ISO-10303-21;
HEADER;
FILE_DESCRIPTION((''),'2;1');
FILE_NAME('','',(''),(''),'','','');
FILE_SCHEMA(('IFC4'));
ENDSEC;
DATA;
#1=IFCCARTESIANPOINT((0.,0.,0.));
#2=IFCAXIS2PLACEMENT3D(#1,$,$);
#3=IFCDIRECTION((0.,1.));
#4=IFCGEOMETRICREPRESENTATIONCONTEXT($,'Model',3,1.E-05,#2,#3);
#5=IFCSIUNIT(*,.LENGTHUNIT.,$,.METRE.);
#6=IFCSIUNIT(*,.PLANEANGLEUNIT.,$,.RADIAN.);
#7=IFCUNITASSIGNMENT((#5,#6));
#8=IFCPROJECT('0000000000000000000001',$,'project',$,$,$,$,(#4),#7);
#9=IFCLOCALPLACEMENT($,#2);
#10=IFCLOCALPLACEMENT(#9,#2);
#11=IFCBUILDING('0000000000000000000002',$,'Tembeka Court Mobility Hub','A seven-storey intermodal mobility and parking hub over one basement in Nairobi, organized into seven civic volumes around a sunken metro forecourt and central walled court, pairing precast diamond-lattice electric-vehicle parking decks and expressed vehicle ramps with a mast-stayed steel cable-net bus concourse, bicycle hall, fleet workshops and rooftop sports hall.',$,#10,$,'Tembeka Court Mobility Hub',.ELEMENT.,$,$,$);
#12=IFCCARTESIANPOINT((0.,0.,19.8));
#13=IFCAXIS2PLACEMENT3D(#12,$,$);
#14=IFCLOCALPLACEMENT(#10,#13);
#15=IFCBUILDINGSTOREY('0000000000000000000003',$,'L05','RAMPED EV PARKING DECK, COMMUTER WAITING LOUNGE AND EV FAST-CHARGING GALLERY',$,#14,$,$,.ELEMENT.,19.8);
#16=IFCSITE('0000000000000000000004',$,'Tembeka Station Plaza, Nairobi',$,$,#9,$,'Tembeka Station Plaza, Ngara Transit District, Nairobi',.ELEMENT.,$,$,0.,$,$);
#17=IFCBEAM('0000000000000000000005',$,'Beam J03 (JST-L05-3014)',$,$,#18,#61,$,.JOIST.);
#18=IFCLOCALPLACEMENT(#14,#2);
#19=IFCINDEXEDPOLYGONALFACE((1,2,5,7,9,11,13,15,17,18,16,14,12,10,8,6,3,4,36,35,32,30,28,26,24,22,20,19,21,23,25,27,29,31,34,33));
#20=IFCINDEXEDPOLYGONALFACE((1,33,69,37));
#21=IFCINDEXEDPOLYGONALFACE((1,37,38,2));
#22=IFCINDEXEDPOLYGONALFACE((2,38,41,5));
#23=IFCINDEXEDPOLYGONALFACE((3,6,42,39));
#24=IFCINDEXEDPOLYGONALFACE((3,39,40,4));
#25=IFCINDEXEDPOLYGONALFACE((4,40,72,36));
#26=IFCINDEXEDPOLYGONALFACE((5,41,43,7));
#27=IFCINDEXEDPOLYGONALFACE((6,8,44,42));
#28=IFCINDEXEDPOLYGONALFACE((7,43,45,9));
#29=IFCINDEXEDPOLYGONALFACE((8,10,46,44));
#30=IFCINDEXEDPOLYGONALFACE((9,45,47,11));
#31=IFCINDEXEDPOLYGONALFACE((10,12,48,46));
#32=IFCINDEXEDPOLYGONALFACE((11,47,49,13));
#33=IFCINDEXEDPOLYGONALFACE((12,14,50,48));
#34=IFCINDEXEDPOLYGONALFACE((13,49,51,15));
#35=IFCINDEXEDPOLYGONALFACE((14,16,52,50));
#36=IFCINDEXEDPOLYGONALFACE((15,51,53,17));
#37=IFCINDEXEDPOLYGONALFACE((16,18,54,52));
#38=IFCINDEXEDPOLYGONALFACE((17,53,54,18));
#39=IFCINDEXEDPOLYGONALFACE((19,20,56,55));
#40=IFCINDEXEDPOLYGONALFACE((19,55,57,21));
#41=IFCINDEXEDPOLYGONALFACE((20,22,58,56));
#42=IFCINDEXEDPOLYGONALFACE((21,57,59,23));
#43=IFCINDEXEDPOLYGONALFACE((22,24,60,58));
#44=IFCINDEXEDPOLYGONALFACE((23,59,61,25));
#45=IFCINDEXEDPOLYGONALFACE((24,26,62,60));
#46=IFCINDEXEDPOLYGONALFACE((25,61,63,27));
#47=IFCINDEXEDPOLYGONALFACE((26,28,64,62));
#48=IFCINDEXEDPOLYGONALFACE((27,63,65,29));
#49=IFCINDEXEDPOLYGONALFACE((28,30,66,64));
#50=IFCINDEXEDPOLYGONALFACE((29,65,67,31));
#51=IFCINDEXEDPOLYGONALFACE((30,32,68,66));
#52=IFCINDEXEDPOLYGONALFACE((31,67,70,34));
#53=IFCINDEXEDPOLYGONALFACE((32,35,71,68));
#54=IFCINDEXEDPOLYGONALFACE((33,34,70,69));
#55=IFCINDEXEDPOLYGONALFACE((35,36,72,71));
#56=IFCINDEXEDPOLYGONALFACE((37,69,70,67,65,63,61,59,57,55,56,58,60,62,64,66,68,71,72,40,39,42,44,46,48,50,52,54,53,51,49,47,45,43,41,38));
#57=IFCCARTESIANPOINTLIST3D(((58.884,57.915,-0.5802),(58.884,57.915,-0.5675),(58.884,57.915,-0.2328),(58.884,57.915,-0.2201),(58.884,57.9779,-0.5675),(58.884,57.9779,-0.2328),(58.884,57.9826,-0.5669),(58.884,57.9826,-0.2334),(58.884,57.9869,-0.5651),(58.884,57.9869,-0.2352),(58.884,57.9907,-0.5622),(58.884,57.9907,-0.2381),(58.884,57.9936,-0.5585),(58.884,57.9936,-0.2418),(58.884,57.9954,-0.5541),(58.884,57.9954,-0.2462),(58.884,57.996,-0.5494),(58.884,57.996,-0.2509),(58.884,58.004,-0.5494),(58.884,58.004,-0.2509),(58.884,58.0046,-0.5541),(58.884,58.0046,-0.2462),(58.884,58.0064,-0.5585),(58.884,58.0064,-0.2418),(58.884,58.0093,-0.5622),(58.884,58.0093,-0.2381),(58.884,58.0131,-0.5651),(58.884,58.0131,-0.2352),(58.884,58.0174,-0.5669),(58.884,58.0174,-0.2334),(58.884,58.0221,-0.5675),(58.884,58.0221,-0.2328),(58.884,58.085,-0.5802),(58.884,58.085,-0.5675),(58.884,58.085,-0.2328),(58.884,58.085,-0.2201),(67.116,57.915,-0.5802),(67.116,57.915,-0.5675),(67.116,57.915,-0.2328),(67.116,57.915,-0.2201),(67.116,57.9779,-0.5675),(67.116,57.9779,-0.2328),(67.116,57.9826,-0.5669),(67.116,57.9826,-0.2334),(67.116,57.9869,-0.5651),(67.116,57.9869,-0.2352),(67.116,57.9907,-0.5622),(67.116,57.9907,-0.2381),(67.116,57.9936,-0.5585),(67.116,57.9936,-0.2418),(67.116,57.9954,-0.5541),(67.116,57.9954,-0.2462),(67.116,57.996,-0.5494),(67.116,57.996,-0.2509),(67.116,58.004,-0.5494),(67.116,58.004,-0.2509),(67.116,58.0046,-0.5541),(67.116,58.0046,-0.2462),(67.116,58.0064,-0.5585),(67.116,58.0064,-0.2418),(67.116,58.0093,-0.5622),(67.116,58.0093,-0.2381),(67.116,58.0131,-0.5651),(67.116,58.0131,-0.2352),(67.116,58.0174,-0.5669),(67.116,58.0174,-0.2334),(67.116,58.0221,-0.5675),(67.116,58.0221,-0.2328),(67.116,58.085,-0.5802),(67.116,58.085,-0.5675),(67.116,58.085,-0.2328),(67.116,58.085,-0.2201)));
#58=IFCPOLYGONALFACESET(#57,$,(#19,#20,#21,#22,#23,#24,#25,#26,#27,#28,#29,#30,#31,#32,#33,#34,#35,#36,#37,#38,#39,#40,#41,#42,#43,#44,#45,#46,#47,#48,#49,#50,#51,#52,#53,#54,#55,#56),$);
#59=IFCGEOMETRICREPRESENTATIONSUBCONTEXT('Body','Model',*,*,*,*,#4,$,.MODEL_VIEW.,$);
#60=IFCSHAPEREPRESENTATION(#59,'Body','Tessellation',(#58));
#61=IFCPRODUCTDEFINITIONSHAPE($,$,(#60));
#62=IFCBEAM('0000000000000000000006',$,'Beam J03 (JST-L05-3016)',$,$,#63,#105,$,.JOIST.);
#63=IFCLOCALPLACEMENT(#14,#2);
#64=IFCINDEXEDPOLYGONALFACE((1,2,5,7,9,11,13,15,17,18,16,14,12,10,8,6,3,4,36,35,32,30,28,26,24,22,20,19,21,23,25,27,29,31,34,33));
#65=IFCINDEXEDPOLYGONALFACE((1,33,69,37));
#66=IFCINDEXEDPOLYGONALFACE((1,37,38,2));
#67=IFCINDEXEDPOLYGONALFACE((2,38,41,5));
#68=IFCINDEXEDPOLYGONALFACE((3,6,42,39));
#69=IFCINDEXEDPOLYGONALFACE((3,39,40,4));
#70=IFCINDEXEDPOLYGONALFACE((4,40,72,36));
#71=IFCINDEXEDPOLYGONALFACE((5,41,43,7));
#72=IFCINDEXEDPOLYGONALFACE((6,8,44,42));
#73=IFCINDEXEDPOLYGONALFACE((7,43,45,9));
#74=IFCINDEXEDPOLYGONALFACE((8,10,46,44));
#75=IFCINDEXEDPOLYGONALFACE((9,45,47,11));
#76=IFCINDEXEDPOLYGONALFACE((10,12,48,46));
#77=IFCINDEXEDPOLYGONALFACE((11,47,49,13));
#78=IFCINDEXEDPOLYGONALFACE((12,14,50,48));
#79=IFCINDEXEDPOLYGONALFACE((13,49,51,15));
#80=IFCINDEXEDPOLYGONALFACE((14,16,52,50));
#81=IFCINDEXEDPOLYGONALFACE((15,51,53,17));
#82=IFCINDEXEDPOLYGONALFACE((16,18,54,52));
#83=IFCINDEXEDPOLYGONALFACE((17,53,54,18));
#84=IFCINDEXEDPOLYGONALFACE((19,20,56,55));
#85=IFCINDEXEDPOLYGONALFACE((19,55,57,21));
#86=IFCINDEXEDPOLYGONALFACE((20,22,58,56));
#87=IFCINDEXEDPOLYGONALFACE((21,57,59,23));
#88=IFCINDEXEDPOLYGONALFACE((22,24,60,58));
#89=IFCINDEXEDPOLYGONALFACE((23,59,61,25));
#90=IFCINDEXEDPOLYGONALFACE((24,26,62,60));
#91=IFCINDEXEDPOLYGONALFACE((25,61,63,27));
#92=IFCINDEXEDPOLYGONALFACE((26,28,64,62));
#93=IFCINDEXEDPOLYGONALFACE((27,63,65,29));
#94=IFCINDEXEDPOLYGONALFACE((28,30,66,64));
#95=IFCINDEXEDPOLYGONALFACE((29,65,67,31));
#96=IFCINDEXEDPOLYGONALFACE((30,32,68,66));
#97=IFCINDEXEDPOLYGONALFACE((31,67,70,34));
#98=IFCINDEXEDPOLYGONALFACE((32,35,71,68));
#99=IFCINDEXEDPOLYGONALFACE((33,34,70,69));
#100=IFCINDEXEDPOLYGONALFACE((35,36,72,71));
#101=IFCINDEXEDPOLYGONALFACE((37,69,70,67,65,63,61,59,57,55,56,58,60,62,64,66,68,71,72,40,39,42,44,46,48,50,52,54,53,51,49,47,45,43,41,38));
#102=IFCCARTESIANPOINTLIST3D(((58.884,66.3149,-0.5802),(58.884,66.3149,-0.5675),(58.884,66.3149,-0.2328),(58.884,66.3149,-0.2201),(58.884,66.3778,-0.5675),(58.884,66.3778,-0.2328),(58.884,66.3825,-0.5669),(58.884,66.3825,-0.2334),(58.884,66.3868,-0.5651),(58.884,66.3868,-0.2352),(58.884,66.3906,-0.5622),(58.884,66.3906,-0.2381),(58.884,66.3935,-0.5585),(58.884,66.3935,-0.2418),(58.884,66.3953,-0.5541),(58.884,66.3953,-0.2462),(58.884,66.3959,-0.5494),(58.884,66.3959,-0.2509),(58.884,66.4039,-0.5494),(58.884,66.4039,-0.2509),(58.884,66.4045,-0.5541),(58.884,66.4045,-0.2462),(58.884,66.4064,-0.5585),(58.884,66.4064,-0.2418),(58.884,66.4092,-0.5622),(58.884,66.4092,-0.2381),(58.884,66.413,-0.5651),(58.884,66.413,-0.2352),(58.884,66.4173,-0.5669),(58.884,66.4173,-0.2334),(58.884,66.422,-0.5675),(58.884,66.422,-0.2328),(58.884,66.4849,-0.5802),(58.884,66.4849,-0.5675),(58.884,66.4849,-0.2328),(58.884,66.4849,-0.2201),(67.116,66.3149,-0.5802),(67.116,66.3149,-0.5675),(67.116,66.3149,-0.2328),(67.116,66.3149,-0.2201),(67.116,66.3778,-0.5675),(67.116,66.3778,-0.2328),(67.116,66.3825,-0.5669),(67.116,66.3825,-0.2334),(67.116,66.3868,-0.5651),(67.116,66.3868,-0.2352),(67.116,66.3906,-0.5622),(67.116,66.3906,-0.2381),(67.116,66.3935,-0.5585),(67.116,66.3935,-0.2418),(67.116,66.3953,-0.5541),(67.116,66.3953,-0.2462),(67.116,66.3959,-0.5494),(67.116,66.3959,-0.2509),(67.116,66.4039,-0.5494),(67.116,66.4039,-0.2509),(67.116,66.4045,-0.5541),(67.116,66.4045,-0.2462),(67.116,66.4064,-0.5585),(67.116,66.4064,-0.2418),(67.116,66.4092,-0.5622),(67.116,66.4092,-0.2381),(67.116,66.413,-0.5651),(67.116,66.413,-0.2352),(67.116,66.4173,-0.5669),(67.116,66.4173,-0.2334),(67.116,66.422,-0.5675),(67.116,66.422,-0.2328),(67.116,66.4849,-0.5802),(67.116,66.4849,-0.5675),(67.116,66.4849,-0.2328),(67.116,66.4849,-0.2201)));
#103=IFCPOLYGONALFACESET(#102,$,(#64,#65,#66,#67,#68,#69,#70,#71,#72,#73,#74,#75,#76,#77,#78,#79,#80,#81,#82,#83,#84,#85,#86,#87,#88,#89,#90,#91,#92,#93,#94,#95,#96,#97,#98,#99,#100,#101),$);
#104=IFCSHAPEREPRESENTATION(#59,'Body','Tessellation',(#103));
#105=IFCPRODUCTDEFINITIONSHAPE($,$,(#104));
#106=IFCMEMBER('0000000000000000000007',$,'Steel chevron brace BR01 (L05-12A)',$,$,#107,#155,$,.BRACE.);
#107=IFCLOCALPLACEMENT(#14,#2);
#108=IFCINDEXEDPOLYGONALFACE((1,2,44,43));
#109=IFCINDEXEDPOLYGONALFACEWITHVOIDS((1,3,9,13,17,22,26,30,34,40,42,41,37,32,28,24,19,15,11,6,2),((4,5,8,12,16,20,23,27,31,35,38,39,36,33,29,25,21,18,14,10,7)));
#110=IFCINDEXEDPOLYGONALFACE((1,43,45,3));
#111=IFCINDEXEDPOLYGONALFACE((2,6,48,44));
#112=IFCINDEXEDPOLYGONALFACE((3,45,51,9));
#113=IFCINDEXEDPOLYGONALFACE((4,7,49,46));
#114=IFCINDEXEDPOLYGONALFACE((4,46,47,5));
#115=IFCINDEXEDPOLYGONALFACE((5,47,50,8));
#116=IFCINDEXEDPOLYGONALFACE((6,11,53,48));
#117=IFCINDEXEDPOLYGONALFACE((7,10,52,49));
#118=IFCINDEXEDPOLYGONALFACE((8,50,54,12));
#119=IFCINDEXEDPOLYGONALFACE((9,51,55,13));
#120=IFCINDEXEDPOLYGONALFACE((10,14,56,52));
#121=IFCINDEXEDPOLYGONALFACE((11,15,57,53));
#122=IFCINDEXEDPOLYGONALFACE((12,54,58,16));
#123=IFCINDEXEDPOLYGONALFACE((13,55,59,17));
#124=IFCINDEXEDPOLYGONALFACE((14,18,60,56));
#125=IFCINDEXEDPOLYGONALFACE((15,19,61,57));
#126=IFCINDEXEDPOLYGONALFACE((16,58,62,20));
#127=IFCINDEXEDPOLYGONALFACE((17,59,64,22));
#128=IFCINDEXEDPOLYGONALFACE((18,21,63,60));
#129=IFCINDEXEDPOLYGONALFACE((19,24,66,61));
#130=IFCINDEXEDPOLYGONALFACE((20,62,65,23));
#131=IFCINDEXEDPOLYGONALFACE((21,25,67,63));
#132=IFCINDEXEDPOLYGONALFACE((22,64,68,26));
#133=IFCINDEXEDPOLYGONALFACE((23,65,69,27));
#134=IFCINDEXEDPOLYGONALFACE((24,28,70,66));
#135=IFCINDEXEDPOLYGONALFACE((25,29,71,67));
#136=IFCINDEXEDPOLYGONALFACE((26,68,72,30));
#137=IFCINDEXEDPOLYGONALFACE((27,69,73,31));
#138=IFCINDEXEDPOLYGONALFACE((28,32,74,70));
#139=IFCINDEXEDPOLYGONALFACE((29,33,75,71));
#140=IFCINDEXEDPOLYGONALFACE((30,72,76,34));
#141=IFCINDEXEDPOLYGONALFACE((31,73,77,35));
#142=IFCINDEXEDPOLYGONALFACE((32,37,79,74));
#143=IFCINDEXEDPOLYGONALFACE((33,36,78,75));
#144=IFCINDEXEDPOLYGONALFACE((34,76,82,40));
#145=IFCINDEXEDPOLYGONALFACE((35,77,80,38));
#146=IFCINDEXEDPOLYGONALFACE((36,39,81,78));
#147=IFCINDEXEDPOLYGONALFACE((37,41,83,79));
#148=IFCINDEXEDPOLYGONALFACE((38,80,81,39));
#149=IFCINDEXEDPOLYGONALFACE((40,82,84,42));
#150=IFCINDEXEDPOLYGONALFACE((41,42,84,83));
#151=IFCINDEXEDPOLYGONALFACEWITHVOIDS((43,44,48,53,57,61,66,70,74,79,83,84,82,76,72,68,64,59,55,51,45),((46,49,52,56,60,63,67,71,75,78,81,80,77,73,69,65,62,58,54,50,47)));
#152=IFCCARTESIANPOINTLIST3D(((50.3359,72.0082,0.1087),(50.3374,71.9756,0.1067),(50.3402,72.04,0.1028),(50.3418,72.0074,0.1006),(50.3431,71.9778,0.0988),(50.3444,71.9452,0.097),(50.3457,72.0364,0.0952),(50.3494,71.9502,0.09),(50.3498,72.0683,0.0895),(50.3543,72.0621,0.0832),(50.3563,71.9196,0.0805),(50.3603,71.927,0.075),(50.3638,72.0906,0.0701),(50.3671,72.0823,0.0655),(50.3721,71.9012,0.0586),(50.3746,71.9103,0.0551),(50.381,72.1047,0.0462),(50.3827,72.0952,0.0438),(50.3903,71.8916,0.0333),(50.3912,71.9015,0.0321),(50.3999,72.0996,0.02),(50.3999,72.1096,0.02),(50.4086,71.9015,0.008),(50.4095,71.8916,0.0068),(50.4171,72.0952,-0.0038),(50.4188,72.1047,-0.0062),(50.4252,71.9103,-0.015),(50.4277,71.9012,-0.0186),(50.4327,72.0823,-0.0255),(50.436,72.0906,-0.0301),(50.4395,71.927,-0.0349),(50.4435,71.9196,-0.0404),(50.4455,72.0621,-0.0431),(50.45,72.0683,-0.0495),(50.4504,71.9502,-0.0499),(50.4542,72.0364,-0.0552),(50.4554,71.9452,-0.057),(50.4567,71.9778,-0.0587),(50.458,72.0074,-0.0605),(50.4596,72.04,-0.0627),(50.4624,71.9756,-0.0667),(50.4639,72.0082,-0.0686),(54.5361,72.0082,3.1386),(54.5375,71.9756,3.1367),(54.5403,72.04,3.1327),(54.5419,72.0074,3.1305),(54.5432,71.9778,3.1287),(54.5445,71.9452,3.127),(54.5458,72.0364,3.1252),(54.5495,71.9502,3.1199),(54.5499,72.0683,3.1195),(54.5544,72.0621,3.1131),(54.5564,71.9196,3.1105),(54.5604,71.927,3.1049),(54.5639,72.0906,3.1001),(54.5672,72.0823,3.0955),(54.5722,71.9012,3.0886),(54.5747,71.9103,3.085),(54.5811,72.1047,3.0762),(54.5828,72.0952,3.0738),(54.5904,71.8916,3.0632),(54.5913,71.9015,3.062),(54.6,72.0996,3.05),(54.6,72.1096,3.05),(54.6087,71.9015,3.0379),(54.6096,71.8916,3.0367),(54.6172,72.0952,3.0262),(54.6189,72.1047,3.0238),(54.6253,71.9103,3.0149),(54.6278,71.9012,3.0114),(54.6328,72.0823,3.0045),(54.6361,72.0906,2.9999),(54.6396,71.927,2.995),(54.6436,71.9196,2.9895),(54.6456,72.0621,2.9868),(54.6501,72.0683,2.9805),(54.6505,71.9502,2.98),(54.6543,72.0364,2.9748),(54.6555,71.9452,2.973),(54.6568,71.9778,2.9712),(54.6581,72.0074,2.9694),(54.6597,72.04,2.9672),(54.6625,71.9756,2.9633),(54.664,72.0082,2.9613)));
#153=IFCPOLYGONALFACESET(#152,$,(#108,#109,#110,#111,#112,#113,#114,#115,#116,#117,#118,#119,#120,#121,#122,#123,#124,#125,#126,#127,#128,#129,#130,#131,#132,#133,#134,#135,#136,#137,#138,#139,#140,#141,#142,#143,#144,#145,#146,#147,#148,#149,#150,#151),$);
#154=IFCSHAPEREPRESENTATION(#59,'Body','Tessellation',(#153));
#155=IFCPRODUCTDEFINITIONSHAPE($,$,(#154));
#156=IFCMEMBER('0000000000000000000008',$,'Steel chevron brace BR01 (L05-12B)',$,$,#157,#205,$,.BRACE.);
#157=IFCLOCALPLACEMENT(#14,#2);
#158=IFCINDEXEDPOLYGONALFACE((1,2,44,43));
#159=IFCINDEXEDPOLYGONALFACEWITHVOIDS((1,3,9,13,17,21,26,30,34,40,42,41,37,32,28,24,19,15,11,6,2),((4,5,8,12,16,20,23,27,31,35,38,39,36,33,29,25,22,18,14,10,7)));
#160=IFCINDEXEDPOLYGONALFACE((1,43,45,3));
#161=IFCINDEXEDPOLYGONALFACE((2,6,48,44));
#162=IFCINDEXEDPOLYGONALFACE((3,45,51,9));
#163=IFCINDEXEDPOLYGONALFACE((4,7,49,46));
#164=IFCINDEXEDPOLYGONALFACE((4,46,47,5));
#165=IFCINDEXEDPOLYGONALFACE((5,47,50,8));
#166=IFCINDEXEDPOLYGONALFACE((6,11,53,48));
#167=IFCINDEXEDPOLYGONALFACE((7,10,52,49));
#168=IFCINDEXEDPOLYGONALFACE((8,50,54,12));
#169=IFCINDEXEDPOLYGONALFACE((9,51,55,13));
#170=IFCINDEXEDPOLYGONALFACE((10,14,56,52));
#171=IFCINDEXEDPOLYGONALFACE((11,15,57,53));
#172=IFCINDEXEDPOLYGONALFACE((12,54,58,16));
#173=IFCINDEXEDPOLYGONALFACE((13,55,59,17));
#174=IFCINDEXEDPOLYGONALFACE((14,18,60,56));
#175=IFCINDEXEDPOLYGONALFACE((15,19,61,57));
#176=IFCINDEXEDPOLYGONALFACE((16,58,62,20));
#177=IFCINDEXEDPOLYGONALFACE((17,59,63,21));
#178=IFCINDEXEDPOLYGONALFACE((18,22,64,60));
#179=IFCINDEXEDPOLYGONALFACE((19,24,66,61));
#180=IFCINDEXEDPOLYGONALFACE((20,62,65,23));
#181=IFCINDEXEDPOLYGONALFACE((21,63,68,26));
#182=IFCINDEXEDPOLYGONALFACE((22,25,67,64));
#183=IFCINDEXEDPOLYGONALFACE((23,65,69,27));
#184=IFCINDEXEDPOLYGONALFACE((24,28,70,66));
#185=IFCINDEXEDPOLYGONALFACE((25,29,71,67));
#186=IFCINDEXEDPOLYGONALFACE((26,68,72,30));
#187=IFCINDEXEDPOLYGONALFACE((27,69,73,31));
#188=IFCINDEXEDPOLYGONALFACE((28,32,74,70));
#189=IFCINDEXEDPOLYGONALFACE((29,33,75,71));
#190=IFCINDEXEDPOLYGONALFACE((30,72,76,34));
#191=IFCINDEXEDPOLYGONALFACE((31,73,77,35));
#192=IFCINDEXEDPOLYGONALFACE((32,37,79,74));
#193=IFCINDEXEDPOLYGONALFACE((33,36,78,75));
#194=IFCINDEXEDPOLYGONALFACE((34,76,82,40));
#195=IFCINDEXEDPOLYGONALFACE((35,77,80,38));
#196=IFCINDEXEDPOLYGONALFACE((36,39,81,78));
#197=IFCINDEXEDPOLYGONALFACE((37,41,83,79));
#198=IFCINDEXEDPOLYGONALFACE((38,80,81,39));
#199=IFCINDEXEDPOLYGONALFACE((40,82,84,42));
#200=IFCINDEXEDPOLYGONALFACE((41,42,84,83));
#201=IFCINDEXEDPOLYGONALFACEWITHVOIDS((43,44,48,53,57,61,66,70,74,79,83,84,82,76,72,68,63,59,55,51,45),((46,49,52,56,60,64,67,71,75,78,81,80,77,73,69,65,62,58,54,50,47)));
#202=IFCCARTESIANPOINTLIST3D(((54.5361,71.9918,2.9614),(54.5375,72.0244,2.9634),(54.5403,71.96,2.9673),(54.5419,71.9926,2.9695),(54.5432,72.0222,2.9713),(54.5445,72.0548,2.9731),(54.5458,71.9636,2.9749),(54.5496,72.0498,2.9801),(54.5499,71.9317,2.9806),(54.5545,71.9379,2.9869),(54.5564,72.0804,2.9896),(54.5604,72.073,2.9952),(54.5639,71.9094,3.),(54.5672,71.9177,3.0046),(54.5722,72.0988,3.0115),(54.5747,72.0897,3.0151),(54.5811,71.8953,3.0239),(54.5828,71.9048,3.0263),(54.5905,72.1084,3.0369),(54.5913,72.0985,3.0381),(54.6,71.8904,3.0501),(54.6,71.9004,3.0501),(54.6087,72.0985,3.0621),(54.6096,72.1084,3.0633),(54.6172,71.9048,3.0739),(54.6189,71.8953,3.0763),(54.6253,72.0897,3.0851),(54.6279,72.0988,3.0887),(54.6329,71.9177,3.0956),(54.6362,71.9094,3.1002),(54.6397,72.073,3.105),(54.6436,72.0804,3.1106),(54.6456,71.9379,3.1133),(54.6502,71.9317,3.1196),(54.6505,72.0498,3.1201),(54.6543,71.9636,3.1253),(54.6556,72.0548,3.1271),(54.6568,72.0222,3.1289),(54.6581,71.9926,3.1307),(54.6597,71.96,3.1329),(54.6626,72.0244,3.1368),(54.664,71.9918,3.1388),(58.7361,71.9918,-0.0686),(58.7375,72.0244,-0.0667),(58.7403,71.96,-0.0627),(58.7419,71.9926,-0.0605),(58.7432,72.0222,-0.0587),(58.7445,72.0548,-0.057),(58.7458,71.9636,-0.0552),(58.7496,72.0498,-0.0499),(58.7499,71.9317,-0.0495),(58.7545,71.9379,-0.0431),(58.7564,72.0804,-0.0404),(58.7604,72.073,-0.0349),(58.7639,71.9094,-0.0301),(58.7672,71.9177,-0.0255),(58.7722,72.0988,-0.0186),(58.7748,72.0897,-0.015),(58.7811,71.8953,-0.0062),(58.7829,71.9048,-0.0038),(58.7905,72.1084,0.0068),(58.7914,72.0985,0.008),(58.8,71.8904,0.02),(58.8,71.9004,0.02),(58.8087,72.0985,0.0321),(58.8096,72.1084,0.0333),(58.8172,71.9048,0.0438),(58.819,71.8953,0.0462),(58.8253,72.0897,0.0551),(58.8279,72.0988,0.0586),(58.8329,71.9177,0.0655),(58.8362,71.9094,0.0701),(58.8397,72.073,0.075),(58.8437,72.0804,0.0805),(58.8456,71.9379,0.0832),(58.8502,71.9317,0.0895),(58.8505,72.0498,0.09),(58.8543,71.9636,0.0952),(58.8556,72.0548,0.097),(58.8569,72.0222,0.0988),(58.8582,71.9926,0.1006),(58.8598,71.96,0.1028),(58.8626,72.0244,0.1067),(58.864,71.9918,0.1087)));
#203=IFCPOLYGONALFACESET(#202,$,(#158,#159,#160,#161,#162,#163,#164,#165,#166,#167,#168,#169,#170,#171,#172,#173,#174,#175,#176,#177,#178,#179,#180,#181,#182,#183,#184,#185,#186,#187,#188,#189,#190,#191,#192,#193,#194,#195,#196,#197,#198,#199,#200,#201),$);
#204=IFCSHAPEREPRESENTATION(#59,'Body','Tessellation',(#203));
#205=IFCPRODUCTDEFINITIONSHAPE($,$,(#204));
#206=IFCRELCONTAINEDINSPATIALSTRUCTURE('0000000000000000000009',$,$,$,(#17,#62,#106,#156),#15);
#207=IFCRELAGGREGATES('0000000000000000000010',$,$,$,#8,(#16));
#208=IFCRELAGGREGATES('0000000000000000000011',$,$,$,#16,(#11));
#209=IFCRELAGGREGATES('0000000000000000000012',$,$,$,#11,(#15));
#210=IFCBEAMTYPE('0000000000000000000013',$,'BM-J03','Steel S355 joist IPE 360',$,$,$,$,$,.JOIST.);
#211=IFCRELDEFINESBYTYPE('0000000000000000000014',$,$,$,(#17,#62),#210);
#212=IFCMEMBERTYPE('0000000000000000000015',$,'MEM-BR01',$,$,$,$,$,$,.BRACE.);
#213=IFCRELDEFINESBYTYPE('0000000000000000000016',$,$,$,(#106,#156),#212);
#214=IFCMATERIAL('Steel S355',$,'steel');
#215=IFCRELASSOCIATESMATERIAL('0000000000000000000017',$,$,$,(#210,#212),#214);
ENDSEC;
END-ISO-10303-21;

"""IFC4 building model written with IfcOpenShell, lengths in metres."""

from ifc_helpers import new_model, si_unit, direction, frame, origin, origin_2d, place, context, subcontext, project, spatial, hollow_circle, i_section, extrude, material, material_profile, profile_set, type_object, element, save


model = new_model("IFC4")

# Units and contexts
model_context = context("Model", 3, precision=1e-05, world=origin(), true_north=direction((0.0, 1.0)))
body_context = subcontext(model_context, "Body", "Model", "MODEL_VIEW")
ifc_project = project(units=[si_unit("LENGTHUNIT", "METRE"), si_unit("PLANEANGLEUNIT", "RADIAN")], contexts=[model_context])

# Site, building, storey
site_placement = place(None, origin())
site = spatial("IfcSite", under=ifc_project, at=site_placement, Name="Tembeka Station Plaza, Nairobi", LongName="Tembeka Station Plaza, Ngara Transit District, Nairobi", CompositionType="ELEMENT", RefElevation=0.0)
building_placement = place(site_placement, origin())
building = spatial("IfcBuilding", under=site, at=building_placement, Name="Tembeka Court Mobility Hub", Description="A seven-storey intermodal mobility and parking hub over one basement in Nairobi, organized into seven civic volumes around a sunken metro forecourt and central walled court, pairing precast diamond-lattice electric-vehicle parking decks and expressed vehicle ramps with a mast-stayed steel cable-net bus concourse, bicycle hall, fleet workshops and rooftop sports hall.", LongName="Tembeka Court Mobility Hub", CompositionType="ELEMENT")
storey_placement = place(building_placement, frame((0.0, 0.0, 19.8)))
storey = spatial("IfcBuildingStorey", under=building, at=storey_placement, Name="L05", Description="RAMPED EV PARKING DECK, COMMUTER WAITING LOUNGE AND EV FAST-CHARGING GALLERY", CompositionType="ELEMENT", Elevation=19.8)

# Shared definitions
ifc_material_1 = material(Name="Steel S355", Category="steel")

# Beams
ifc_material_profile_1 = material_profile(ifc_material_1, i_section(OverallWidth=0.1699, OverallDepth=0.3601, WebThickness=0.0081, FlangeThickness=0.0127, FilletRadius=0.0181, at=origin_2d()), Name="IPE 360")
ifc_profile_set_1 = profile_set([ifc_material_profile_1], Name="Steel S355")
beam_type_1 = type_object("IfcBeamType", Name="BM-J03", Description="Steel S355 joist IPE 360", PredefinedType="JOIST", material=ifc_profile_set_1)
for number, where, z_axis, x_axis, name in (
    (1, (58.884, 58.0, -0.4001), (1.0, 0.0, 0.0), (0.0, 1.0, 0.0), "Beam J03 (JST-L05-3014)"),
    (2, (58.884, 66.3999, -0.4001), (1.0, 0.0, 0.0), (0.0, 1.0, 0.0), "Beam J03 (JST-L05-3016)"),
):
    element("IfcBeam", number, at=place(storey_placement, frame(where, z_axis=z_axis, x_axis=x_axis)), inside=storey, type_object=beam_type_1, Name=name, PredefinedType="JOIST", context=body_context, shape_type="SweptSolid", body=[
        extrude(i_section(OverallWidth=0.1699, OverallDepth=0.3601, WebThickness=0.0081, FlangeThickness=0.0127, FilletRadius=0.0181, at=origin_2d()), origin(), (0.0, 0.0, 1.0), 8.2319),
    ])

# Members
ifc_material_profile_2 = material_profile(ifc_material_1, hollow_circle(Radius=0.1096, WallThickness=0.01, at=origin_2d()), Name="CHS 219.1x10")
ifc_profile_set_2 = profile_set([ifc_material_profile_2], Name="Steel S355")
member_type = type_object("IfcMemberType", Name="MEM-BR01", PredefinedType="BRACE", material=ifc_profile_set_2)
for number, where, z_axis, x_axis, name in (
    (3, (50.3999, 72.0, 0.02), (0.810995, 0.0, 0.585053), (0.0, 1.0, 0.0), "Steel chevron brace BR01 (L05-12A)"),
    (4, (58.8, 72.0, 0.02), (-0.810979, 0.0, 0.585076), (0.0, -1.0, 0.0), "Steel chevron brace BR01 (L05-12B)"),
):
    element("IfcMember", number, at=place(storey_placement, frame(where, z_axis=z_axis, x_axis=x_axis)), inside=storey, type_object=member_type, Name=name, PredefinedType="BRACE", context=body_context, shape_type="SweptSolid", body=[
        extrude(hollow_circle(Radius=0.1096, WallThickness=0.01, at=origin_2d()), origin(), (0.0, 0.0, 1.0), 5.179),
    ])

save(model, "model.ifc")
